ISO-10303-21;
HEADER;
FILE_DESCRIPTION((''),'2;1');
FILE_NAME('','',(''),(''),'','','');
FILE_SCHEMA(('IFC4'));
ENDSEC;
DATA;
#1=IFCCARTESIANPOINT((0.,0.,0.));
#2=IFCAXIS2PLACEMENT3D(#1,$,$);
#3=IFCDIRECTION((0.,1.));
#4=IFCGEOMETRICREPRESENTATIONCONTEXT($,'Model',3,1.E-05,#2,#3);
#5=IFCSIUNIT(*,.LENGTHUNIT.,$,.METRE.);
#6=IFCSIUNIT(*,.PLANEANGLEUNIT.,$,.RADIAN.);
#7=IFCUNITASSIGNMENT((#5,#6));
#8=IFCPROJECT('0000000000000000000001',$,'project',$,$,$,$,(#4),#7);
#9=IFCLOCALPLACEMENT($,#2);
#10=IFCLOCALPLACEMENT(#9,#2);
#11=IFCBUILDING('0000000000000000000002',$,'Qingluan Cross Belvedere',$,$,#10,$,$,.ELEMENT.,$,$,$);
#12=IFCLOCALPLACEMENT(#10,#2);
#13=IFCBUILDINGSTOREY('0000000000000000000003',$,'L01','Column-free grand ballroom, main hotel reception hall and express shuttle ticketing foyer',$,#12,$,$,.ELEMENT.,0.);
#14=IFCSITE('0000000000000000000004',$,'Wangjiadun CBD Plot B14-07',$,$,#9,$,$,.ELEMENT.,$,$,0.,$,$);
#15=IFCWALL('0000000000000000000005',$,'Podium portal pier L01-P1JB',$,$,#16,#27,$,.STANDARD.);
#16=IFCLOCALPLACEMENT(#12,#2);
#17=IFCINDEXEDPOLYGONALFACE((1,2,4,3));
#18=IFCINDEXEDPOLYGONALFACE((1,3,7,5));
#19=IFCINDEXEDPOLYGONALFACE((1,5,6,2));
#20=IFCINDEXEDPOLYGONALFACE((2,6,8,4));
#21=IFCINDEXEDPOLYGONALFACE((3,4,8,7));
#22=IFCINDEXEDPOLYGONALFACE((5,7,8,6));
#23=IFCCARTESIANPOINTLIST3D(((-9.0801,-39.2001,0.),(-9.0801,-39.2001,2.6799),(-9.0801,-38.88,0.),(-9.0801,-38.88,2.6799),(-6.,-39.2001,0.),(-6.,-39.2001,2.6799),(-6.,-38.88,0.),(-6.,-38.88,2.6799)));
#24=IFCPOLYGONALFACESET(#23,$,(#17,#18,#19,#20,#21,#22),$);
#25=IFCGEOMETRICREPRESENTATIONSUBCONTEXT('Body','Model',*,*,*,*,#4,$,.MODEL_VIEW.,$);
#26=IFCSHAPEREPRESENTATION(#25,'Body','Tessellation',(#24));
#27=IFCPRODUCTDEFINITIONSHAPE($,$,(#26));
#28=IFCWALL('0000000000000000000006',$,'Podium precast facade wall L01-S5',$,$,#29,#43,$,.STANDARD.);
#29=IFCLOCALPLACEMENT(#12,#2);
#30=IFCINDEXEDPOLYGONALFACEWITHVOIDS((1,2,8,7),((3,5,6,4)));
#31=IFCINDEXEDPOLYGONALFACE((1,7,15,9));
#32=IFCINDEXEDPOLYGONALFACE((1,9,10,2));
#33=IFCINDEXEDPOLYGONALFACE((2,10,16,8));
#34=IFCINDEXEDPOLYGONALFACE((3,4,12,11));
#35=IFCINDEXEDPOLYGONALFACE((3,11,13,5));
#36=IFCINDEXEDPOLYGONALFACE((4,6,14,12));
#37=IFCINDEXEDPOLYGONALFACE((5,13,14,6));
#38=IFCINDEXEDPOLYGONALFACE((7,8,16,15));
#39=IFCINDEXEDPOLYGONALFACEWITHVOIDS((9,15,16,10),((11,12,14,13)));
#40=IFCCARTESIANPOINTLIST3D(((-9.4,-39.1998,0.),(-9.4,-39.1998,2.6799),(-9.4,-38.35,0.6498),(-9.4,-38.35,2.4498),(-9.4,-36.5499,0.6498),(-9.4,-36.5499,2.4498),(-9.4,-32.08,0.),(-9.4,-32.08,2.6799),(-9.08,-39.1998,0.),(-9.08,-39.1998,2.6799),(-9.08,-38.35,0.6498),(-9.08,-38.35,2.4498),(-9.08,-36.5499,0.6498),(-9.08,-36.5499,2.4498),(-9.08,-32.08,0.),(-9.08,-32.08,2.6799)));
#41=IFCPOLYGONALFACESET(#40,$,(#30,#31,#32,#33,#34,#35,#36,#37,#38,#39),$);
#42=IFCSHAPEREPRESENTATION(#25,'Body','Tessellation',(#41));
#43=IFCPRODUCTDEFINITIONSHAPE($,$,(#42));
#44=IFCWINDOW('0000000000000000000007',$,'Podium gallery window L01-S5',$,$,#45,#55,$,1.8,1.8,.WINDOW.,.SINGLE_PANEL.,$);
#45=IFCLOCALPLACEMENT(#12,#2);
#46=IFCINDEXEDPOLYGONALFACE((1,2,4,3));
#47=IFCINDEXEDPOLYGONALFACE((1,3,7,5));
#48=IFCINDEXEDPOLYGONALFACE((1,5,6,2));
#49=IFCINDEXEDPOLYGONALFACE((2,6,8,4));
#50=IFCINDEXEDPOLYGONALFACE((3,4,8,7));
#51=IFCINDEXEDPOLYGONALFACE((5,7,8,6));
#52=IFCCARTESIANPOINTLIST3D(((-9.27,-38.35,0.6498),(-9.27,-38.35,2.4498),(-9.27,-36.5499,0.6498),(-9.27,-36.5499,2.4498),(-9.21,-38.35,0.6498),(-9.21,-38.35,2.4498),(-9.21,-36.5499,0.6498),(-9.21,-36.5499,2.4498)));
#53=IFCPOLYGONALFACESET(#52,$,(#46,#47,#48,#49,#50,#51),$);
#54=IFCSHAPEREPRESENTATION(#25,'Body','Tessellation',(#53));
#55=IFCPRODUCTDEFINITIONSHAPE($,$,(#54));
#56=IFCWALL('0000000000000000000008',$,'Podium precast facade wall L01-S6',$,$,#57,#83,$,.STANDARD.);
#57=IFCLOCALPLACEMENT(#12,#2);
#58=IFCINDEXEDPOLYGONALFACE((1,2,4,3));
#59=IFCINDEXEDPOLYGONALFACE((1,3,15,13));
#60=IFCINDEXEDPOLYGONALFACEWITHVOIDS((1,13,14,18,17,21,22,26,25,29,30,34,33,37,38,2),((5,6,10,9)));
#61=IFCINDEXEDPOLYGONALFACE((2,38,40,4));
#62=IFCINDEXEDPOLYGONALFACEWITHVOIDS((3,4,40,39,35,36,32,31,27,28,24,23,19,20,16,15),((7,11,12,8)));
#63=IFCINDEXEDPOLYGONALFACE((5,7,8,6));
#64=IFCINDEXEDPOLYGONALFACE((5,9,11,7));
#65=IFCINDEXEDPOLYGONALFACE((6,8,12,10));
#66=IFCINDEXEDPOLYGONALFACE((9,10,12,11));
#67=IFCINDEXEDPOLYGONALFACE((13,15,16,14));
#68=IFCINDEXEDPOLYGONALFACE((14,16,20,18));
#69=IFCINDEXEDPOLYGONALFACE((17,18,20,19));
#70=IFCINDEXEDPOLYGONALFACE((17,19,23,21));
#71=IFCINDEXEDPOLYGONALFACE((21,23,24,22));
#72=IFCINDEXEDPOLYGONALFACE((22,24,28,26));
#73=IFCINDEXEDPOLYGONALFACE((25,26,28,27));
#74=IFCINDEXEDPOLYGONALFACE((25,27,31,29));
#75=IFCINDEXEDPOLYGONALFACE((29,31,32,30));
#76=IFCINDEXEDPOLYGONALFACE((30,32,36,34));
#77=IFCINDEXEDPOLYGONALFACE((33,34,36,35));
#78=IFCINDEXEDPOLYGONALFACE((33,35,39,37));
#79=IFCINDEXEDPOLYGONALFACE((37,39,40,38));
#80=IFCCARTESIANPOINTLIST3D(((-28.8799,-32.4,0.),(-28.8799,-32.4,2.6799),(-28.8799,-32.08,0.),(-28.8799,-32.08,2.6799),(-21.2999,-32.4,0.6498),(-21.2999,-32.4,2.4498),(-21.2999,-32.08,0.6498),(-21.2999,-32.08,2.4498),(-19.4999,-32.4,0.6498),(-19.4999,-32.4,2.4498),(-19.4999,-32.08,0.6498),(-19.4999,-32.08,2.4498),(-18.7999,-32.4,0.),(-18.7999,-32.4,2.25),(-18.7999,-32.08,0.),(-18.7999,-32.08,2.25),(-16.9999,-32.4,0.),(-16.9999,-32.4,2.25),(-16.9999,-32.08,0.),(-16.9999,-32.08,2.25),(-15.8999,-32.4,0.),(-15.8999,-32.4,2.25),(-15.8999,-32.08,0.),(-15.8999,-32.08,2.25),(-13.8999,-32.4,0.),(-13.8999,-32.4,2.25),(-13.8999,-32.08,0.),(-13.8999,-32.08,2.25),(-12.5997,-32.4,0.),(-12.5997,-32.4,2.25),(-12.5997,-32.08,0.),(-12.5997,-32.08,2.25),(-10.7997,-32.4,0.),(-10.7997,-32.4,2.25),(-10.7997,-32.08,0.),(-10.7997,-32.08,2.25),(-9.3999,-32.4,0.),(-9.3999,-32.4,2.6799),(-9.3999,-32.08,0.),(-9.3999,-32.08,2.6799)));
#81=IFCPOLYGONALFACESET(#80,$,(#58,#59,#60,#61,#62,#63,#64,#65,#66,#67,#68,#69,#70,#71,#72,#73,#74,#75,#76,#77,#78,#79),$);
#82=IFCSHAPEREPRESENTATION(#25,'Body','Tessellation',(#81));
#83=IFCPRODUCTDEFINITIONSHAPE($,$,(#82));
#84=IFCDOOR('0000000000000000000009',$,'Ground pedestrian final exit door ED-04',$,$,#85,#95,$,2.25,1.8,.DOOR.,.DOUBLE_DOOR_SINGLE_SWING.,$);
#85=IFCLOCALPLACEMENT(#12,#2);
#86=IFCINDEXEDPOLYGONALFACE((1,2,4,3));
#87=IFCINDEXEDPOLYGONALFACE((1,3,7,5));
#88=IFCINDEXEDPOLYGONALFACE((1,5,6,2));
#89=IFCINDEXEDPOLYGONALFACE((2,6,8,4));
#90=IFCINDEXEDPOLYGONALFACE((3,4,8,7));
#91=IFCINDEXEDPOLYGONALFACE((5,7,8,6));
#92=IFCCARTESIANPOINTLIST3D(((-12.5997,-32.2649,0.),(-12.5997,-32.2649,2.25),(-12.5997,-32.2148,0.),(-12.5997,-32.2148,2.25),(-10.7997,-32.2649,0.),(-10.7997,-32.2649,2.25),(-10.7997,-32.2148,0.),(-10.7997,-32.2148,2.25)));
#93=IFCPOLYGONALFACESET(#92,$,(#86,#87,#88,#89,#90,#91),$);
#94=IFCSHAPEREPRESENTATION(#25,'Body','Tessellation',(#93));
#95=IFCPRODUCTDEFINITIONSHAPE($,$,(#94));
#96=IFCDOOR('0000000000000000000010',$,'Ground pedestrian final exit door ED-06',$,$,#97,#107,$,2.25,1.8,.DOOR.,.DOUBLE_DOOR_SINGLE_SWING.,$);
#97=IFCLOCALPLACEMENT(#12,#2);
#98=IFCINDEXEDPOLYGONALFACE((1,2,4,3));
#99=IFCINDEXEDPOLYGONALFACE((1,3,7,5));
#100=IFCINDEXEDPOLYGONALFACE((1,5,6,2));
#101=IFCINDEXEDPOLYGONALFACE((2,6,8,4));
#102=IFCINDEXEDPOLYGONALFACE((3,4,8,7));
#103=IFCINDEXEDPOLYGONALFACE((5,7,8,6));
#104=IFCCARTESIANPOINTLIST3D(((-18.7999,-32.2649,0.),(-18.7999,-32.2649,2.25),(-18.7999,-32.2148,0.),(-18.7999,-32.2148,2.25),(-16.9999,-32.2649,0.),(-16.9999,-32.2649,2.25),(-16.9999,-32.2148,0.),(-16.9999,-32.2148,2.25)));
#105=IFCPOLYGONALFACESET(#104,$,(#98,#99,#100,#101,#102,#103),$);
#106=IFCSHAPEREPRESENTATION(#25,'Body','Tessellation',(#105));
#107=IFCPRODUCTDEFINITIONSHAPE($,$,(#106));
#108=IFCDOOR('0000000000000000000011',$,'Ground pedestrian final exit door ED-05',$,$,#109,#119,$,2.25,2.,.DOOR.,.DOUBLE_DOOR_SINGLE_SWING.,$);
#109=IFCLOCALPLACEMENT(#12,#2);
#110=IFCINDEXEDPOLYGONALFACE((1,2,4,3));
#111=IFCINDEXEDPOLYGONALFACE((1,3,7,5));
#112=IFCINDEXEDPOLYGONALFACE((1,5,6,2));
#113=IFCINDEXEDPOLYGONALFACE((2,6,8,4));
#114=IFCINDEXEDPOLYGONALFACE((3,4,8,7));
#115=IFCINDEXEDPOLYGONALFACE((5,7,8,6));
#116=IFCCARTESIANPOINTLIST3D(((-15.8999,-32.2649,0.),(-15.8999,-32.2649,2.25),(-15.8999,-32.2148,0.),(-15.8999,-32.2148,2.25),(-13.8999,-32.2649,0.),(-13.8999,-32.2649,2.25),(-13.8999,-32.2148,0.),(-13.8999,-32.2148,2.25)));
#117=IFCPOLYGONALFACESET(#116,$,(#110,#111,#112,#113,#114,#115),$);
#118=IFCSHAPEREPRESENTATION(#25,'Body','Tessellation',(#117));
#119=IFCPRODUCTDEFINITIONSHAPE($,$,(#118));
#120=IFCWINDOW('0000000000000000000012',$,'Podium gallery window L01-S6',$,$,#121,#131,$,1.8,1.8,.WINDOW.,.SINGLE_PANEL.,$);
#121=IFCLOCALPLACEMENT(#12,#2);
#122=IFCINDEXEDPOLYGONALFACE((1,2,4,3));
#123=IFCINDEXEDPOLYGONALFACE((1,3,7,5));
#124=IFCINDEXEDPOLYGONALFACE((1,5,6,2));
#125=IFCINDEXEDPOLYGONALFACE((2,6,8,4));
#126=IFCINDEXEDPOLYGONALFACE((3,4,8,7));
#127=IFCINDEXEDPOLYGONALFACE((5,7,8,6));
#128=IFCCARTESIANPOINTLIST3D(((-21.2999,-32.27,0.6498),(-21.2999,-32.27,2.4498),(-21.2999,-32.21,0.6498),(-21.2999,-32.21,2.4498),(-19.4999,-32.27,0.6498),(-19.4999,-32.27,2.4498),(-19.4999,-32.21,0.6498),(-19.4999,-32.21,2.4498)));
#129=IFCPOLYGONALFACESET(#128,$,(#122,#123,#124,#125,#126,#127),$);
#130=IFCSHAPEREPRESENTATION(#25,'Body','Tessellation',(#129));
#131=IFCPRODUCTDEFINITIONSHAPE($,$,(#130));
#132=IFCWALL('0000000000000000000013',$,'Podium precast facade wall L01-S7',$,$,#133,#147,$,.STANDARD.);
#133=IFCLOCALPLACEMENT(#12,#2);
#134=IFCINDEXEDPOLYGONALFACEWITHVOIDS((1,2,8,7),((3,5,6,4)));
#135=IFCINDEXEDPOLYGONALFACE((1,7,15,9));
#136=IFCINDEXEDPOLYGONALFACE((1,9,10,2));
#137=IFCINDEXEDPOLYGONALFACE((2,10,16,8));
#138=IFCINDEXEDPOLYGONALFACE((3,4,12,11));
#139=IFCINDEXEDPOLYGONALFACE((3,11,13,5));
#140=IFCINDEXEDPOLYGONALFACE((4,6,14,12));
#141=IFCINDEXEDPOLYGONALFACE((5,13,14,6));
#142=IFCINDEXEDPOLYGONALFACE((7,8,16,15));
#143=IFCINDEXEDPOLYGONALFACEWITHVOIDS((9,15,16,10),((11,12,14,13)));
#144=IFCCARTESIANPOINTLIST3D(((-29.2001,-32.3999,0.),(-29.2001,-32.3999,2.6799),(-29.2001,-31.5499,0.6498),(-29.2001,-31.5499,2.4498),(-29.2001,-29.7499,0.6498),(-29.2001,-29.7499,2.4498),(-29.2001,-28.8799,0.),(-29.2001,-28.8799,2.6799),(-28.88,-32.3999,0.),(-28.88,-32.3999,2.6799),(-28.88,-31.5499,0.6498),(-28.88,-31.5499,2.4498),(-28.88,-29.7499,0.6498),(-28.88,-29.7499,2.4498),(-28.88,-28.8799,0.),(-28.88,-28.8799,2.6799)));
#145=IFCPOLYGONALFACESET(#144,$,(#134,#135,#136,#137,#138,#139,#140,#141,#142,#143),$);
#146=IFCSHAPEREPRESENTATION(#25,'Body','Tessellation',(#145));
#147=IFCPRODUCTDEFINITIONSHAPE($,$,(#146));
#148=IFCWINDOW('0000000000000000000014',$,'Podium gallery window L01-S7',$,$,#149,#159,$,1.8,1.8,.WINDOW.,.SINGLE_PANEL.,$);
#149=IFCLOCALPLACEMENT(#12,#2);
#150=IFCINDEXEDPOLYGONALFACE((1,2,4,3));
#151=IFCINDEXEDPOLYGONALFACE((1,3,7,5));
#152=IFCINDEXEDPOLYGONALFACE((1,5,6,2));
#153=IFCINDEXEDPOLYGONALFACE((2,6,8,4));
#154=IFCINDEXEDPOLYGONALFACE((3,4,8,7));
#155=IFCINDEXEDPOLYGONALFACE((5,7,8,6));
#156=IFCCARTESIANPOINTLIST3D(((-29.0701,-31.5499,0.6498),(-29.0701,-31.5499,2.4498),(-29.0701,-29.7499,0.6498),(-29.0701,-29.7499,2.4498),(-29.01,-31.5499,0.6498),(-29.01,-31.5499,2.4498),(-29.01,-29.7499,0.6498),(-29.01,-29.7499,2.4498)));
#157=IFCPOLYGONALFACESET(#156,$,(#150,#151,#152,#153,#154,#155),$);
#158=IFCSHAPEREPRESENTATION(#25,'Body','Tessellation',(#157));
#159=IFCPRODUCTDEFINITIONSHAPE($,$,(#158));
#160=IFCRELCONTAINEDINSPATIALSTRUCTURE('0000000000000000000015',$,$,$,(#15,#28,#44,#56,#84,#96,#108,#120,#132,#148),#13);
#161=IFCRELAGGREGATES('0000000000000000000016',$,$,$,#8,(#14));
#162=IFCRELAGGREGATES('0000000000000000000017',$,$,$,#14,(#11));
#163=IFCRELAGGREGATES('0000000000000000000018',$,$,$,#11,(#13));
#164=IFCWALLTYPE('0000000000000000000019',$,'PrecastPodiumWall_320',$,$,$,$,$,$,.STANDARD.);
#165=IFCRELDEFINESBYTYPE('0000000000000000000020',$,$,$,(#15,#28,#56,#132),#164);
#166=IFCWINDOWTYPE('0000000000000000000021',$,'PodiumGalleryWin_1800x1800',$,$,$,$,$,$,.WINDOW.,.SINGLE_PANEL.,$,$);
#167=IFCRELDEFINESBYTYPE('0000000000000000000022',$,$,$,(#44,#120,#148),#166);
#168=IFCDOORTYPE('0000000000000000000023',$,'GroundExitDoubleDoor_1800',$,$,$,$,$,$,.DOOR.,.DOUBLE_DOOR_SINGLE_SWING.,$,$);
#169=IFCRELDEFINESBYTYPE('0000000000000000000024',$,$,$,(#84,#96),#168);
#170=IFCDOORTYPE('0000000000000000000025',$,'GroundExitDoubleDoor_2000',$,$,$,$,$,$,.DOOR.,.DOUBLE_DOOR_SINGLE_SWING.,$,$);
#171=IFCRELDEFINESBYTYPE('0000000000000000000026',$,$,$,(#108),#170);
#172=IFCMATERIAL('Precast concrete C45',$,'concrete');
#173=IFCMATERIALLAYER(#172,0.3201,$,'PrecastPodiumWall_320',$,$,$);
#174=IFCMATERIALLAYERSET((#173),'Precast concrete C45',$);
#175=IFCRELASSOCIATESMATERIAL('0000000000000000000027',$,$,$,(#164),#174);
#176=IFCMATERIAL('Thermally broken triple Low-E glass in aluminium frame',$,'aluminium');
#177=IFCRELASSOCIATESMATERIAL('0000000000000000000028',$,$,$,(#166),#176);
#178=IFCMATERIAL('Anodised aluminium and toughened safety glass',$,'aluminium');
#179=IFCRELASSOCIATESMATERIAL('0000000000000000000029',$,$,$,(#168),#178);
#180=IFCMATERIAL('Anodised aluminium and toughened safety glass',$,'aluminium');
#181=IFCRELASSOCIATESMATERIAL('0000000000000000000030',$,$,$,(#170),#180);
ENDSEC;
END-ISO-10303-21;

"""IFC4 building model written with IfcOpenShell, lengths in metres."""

from ifc_helpers import new_model, si_unit, direction, frame, frame_2d, origin, place, context, subcontext, project, spatial, rectangle, extrude, material, layer, layer_set, type_object, element, fill, save


model = new_model("IFC4")

# Units and contexts
model_context = context("Model", 3, precision=1e-05, world=origin(), true_north=direction((0.0, 1.0)))
body_context = subcontext(model_context, "Body", "Model", "MODEL_VIEW")
ifc_project = project(units=[si_unit("LENGTHUNIT", "METRE"), si_unit("PLANEANGLEUNIT", "RADIAN")], contexts=[model_context])

# Site, building, storey
site_placement = place(None, origin())
site = spatial("IfcSite", under=ifc_project, at=site_placement, Name="Wangjiadun CBD Plot B14-07", CompositionType="ELEMENT", RefElevation=0.0)
building_placement = place(site_placement, origin())
building = spatial("IfcBuilding", under=site, at=building_placement, Name="Qingluan Cross Belvedere", CompositionType="ELEMENT")
storey_placement = place(building_placement, origin())
storey = spatial("IfcBuildingStorey", under=building, at=storey_placement, Name="L01", Description="Column-free grand ballroom, main hotel reception hall and express shuttle ticketing foyer", CompositionType="ELEMENT", Elevation=0.0)

# Wall
ifc_material_1 = material(Name="Precast concrete C45", Category="concrete")
ifc_layer_1 = layer(ifc_material_1, 0.3201, Name="PrecastPodiumWall_320")
ifc_layer_set_1 = layer_set([ifc_layer_1], Name="Precast concrete C45")
wall_type_1 = type_object("IfcWallType", Name="PrecastPodiumWall_320", PredefinedType="STANDARD", material=ifc_layer_set_1)
wall_1_placement = place(storey_placement, frame((-6.0, -39.04, 0.0), z_axis=(0.0, 0.0, 1.0), x_axis=(-1.0, 0.0, 0.0)))
element("IfcWall", 1, at=wall_1_placement, inside=storey, type_object=wall_type_1, Name="Podium portal pier L01-P1JB", PredefinedType="STANDARD", context=body_context, shape_type="SweptSolid", body=[
    extrude(rectangle(XDim=3.0801, YDim=0.3201, at=frame_2d((1.54, 0.0))), origin(), (0.0, 0.0, 1.0), 2.6799),
])

# Wall, opening, window
wall_2_placement = place(storey_placement, frame((-9.24, -39.2, 0.0), z_axis=(0.0, 0.0, 1.0), x_axis=(0.0, 1.0, 0.0)))
wall_2 = element("IfcWall", 2, at=wall_2_placement, inside=storey, type_object=wall_type_1, Name="Podium precast facade wall L01-S5", PredefinedType="STANDARD", context=body_context, shape_type="SweptSolid", body=[
    extrude(rectangle(XDim=7.1199, YDim=0.3201, at=frame_2d((3.5601, 0.0))), origin(), (0.0, 0.0, 1.0), 2.6799),
])
opening_1_placement = place(wall_2_placement, frame((0.8501, 0.0, 0.6499)))
opening_1 = element("IfcOpeningElement", 3, at=opening_1_placement, cuts=wall_2, PredefinedType="OPENING", context=body_context, shape_type="SweptSolid", body=[
    extrude(rectangle(XDim=1.8, YDim=1.8, at=frame_2d((0.8999, 0.8999))), frame((0.0, 0.1699, 0.0), z_axis=(0.0, -1.0, 0.0), x_axis=(1.0, 0.0, 0.0)), (0.0, 0.0, 1.0), 0.3401),
])
ifc_material_2 = material(Name="Thermally broken triple Low-E glass in aluminium frame", Category="aluminium")
window_type = type_object("IfcWindowType", Name="PodiumGalleryWin_1800x1800", PartitioningType="SINGLE_PANEL", PredefinedType="WINDOW", material=ifc_material_2)
window_1_placement = place(opening_1_placement, origin())
window_1 = element("IfcWindow", 4, at=window_1_placement, inside=storey, type_object=window_type, Name="Podium gallery window L01-S5", OverallHeight=1.8, OverallWidth=1.8, PartitioningType="SINGLE_PANEL", PredefinedType="WINDOW", context=body_context, shape_type="SweptSolid", body=[
    extrude(rectangle(XDim=1.8, YDim=1.8, at=frame_2d((0.8999, 0.8999))), frame((0.0, 0.03, 0.0), z_axis=(0.0, -1.0, 0.0), x_axis=(1.0, 0.0, 0.0)), (0.0, 0.0, 1.0), 0.0601),
])
fill(opening_1, window_1)

# Wall, openings, doors, window
wall_3_placement = place(storey_placement, frame((-9.3999, -32.24, 0.0), z_axis=(0.0, 0.0, 1.0), x_axis=(-1.0, 0.0, 0.0)))
wall_3 = element("IfcWall", 5, at=wall_3_placement, inside=storey, type_object=wall_type_1, Name="Podium precast facade wall L01-S6", PredefinedType="STANDARD", context=body_context, shape_type="SweptSolid", body=[
    extrude(rectangle(XDim=19.48, YDim=0.3201, at=frame_2d((9.74, 0.0))), origin(), (0.0, 0.0, 1.0), 2.6799),
])
opening_2_placement = place(wall_3_placement, frame((1.3999, 0.0, 0.0)))
opening_2 = element("IfcOpeningElement", 6, at=opening_2_placement, cuts=wall_3, PredefinedType="OPENING", context=body_context, shape_type="SweptSolid", body=[
    extrude(rectangle(XDim=1.8, YDim=2.25, at=frame_2d((0.8999, 1.125))), frame((0.0, 0.1699, 0.0), z_axis=(0.0, -1.0, 0.0), x_axis=(1.0, 0.0, 0.0)), (0.0, 0.0, 1.0), 0.3401),
])
opening_3_placement = place(wall_3_placement, frame((4.5, 0.0, 0.0)))
opening_3 = element("IfcOpeningElement", 7, at=opening_3_placement, cuts=wall_3, PredefinedType="OPENING", context=body_context, shape_type="SweptSolid", body=[
    extrude(rectangle(XDim=2.0, YDim=2.25, at=frame_2d((1.0, 1.125))), frame((0.0, 0.1699, 0.0), z_axis=(0.0, -1.0, 0.0), x_axis=(1.0, 0.0, 0.0)), (0.0, 0.0, 1.0), 0.3401),
])
opening_4_placement = place(wall_3_placement, frame((7.6001, 0.0, 0.0)))
opening_4 = element("IfcOpeningElement", 8, at=opening_4_placement, cuts=wall_3, PredefinedType="OPENING", context=body_context, shape_type="SweptSolid", body=[
    extrude(rectangle(XDim=1.8, YDim=2.25, at=frame_2d((0.8999, 1.125))), frame((0.0, 0.1699, 0.0), z_axis=(0.0, -1.0, 0.0), x_axis=(1.0, 0.0, 0.0)), (0.0, 0.0, 1.0), 0.3401),
])
opening_5_placement = place(wall_3_placement, frame((10.1001, 0.0, 0.6499)))
opening_5 = element("IfcOpeningElement", 9, at=opening_5_placement, cuts=wall_3, PredefinedType="OPENING", context=body_context, shape_type="SweptSolid", body=[
    extrude(rectangle(XDim=1.8, YDim=1.8, at=frame_2d((0.8999, 0.8999))), frame((0.0, 0.1699, 0.0), z_axis=(0.0, -1.0, 0.0), x_axis=(1.0, 0.0, 0.0)), (0.0, 0.0, 1.0), 0.3401),
])
ifc_material_3 = material(Name="Anodised aluminium and toughened safety glass", Category="aluminium")
door_type_1 = type_object("IfcDoorType", Name="GroundExitDoubleDoor_1800", OperationType="DOUBLE_DOOR_SINGLE_SWING", PredefinedType="DOOR", material=ifc_material_3)
door_1_placement = place(opening_2_placement, origin())
door_1 = element("IfcDoor", 10, at=door_1_placement, inside=storey, type_object=door_type_1, Name="Ground pedestrian final exit door ED-04", OperationType="DOUBLE_DOOR_SINGLE_SWING", OverallHeight=2.25, OverallWidth=1.8, PredefinedType="DOOR", context=body_context, shape_type="SweptSolid", body=[
    extrude(rectangle(XDim=1.8, YDim=2.25, at=frame_2d((0.8999, 1.125))), frame((0.0, 0.0249, 0.0), z_axis=(0.0, -1.0, 0.0), x_axis=(1.0, 0.0, 0.0)), (0.0, 0.0, 1.0), 0.05),
])
fill(opening_2, door_1)
door_2_placement = place(opening_4_placement, origin())
door_2 = element("IfcDoor", 11, at=door_2_placement, inside=storey, type_object=door_type_1, Name="Ground pedestrian final exit door ED-06", OperationType="DOUBLE_DOOR_SINGLE_SWING", OverallHeight=2.25, OverallWidth=1.8, PredefinedType="DOOR", context=body_context, shape_type="SweptSolid", body=[
    extrude(rectangle(XDim=1.8, YDim=2.25, at=frame_2d((0.8999, 1.125))), frame((0.0, 0.0249, 0.0), z_axis=(0.0, -1.0, 0.0), x_axis=(1.0, 0.0, 0.0)), (0.0, 0.0, 1.0), 0.05),
])
fill(opening_4, door_2)
ifc_material_4 = material(Name="Anodised aluminium and toughened safety glass", Category="aluminium")
door_type_2 = type_object("IfcDoorType", Name="GroundExitDoubleDoor_2000", OperationType="DOUBLE_DOOR_SINGLE_SWING", PredefinedType="DOOR", material=ifc_material_4)
door_3_placement = place(opening_3_placement, origin())
door_3 = element("IfcDoor", 12, at=door_3_placement, inside=storey, type_object=door_type_2, Name="Ground pedestrian final exit door ED-05", OperationType="DOUBLE_DOOR_SINGLE_SWING", OverallHeight=2.25, OverallWidth=2.0, PredefinedType="DOOR", context=body_context, shape_type="SweptSolid", body=[
    extrude(rectangle(XDim=2.0, YDim=2.25, at=frame_2d((1.0, 1.125))), frame((0.0, 0.0249, 0.0), z_axis=(0.0, -1.0, 0.0), x_axis=(1.0, 0.0, 0.0)), (0.0, 0.0, 1.0), 0.05),
])
fill(opening_3, door_3)
window_2_placement = place(opening_5_placement, origin())
window_2 = element("IfcWindow", 13, at=window_2_placement, inside=storey, type_object=window_type, Name="Podium gallery window L01-S6", OverallHeight=1.8, OverallWidth=1.8, PartitioningType="SINGLE_PANEL", PredefinedType="WINDOW", context=body_context, shape_type="SweptSolid", body=[
    extrude(rectangle(XDim=1.8, YDim=1.8, at=frame_2d((0.8999, 0.8999))), frame((0.0, 0.03, 0.0), z_axis=(0.0, -1.0, 0.0), x_axis=(1.0, 0.0, 0.0)), (0.0, 0.0, 1.0), 0.0601),
])
fill(opening_5, window_2)

# Wall, opening, window
wall_4_placement = place(storey_placement, frame((-29.04, -32.3999, 0.0), z_axis=(0.0, 0.0, 1.0), x_axis=(0.0, 1.0, 0.0)))
wall_4 = element("IfcWall", 14, at=wall_4_placement, inside=storey, type_object=wall_type_1, Name="Podium precast facade wall L01-S7", PredefinedType="STANDARD", context=body_context, shape_type="SweptSolid", body=[
    extrude(rectangle(XDim=3.52, YDim=0.3201, at=frame_2d((1.76, 0.0))), origin(), (0.0, 0.0, 1.0), 2.6799),
])
opening_6_placement = place(wall_4_placement, frame((0.8501, 0.0, 0.6499)))
opening_6 = element("IfcOpeningElement", 15, at=opening_6_placement, cuts=wall_4, PredefinedType="OPENING", context=body_context, shape_type="SweptSolid", body=[
    extrude(rectangle(XDim=1.8, YDim=1.8, at=frame_2d((0.8999, 0.8999))), frame((0.0, 0.1699, 0.0), z_axis=(0.0, -1.0, 0.0), x_axis=(1.0, 0.0, 0.0)), (0.0, 0.0, 1.0), 0.3401),
])
window_3_placement = place(opening_6_placement, origin())
window_3 = element("IfcWindow", 16, at=window_3_placement, inside=storey, type_object=window_type, Name="Podium gallery window L01-S7", OverallHeight=1.8, OverallWidth=1.8, PartitioningType="SINGLE_PANEL", PredefinedType="WINDOW", context=body_context, shape_type="SweptSolid", body=[
    extrude(rectangle(XDim=1.8, YDim=1.8, at=frame_2d((0.8999, 0.8999))), frame((0.0, 0.03, 0.0), z_axis=(0.0, -1.0, 0.0), x_axis=(1.0, 0.0, 0.0)), (0.0, 0.0, 1.0), 0.0601),
])
fill(opening_6, window_3)

save(model, "model.ifc")
